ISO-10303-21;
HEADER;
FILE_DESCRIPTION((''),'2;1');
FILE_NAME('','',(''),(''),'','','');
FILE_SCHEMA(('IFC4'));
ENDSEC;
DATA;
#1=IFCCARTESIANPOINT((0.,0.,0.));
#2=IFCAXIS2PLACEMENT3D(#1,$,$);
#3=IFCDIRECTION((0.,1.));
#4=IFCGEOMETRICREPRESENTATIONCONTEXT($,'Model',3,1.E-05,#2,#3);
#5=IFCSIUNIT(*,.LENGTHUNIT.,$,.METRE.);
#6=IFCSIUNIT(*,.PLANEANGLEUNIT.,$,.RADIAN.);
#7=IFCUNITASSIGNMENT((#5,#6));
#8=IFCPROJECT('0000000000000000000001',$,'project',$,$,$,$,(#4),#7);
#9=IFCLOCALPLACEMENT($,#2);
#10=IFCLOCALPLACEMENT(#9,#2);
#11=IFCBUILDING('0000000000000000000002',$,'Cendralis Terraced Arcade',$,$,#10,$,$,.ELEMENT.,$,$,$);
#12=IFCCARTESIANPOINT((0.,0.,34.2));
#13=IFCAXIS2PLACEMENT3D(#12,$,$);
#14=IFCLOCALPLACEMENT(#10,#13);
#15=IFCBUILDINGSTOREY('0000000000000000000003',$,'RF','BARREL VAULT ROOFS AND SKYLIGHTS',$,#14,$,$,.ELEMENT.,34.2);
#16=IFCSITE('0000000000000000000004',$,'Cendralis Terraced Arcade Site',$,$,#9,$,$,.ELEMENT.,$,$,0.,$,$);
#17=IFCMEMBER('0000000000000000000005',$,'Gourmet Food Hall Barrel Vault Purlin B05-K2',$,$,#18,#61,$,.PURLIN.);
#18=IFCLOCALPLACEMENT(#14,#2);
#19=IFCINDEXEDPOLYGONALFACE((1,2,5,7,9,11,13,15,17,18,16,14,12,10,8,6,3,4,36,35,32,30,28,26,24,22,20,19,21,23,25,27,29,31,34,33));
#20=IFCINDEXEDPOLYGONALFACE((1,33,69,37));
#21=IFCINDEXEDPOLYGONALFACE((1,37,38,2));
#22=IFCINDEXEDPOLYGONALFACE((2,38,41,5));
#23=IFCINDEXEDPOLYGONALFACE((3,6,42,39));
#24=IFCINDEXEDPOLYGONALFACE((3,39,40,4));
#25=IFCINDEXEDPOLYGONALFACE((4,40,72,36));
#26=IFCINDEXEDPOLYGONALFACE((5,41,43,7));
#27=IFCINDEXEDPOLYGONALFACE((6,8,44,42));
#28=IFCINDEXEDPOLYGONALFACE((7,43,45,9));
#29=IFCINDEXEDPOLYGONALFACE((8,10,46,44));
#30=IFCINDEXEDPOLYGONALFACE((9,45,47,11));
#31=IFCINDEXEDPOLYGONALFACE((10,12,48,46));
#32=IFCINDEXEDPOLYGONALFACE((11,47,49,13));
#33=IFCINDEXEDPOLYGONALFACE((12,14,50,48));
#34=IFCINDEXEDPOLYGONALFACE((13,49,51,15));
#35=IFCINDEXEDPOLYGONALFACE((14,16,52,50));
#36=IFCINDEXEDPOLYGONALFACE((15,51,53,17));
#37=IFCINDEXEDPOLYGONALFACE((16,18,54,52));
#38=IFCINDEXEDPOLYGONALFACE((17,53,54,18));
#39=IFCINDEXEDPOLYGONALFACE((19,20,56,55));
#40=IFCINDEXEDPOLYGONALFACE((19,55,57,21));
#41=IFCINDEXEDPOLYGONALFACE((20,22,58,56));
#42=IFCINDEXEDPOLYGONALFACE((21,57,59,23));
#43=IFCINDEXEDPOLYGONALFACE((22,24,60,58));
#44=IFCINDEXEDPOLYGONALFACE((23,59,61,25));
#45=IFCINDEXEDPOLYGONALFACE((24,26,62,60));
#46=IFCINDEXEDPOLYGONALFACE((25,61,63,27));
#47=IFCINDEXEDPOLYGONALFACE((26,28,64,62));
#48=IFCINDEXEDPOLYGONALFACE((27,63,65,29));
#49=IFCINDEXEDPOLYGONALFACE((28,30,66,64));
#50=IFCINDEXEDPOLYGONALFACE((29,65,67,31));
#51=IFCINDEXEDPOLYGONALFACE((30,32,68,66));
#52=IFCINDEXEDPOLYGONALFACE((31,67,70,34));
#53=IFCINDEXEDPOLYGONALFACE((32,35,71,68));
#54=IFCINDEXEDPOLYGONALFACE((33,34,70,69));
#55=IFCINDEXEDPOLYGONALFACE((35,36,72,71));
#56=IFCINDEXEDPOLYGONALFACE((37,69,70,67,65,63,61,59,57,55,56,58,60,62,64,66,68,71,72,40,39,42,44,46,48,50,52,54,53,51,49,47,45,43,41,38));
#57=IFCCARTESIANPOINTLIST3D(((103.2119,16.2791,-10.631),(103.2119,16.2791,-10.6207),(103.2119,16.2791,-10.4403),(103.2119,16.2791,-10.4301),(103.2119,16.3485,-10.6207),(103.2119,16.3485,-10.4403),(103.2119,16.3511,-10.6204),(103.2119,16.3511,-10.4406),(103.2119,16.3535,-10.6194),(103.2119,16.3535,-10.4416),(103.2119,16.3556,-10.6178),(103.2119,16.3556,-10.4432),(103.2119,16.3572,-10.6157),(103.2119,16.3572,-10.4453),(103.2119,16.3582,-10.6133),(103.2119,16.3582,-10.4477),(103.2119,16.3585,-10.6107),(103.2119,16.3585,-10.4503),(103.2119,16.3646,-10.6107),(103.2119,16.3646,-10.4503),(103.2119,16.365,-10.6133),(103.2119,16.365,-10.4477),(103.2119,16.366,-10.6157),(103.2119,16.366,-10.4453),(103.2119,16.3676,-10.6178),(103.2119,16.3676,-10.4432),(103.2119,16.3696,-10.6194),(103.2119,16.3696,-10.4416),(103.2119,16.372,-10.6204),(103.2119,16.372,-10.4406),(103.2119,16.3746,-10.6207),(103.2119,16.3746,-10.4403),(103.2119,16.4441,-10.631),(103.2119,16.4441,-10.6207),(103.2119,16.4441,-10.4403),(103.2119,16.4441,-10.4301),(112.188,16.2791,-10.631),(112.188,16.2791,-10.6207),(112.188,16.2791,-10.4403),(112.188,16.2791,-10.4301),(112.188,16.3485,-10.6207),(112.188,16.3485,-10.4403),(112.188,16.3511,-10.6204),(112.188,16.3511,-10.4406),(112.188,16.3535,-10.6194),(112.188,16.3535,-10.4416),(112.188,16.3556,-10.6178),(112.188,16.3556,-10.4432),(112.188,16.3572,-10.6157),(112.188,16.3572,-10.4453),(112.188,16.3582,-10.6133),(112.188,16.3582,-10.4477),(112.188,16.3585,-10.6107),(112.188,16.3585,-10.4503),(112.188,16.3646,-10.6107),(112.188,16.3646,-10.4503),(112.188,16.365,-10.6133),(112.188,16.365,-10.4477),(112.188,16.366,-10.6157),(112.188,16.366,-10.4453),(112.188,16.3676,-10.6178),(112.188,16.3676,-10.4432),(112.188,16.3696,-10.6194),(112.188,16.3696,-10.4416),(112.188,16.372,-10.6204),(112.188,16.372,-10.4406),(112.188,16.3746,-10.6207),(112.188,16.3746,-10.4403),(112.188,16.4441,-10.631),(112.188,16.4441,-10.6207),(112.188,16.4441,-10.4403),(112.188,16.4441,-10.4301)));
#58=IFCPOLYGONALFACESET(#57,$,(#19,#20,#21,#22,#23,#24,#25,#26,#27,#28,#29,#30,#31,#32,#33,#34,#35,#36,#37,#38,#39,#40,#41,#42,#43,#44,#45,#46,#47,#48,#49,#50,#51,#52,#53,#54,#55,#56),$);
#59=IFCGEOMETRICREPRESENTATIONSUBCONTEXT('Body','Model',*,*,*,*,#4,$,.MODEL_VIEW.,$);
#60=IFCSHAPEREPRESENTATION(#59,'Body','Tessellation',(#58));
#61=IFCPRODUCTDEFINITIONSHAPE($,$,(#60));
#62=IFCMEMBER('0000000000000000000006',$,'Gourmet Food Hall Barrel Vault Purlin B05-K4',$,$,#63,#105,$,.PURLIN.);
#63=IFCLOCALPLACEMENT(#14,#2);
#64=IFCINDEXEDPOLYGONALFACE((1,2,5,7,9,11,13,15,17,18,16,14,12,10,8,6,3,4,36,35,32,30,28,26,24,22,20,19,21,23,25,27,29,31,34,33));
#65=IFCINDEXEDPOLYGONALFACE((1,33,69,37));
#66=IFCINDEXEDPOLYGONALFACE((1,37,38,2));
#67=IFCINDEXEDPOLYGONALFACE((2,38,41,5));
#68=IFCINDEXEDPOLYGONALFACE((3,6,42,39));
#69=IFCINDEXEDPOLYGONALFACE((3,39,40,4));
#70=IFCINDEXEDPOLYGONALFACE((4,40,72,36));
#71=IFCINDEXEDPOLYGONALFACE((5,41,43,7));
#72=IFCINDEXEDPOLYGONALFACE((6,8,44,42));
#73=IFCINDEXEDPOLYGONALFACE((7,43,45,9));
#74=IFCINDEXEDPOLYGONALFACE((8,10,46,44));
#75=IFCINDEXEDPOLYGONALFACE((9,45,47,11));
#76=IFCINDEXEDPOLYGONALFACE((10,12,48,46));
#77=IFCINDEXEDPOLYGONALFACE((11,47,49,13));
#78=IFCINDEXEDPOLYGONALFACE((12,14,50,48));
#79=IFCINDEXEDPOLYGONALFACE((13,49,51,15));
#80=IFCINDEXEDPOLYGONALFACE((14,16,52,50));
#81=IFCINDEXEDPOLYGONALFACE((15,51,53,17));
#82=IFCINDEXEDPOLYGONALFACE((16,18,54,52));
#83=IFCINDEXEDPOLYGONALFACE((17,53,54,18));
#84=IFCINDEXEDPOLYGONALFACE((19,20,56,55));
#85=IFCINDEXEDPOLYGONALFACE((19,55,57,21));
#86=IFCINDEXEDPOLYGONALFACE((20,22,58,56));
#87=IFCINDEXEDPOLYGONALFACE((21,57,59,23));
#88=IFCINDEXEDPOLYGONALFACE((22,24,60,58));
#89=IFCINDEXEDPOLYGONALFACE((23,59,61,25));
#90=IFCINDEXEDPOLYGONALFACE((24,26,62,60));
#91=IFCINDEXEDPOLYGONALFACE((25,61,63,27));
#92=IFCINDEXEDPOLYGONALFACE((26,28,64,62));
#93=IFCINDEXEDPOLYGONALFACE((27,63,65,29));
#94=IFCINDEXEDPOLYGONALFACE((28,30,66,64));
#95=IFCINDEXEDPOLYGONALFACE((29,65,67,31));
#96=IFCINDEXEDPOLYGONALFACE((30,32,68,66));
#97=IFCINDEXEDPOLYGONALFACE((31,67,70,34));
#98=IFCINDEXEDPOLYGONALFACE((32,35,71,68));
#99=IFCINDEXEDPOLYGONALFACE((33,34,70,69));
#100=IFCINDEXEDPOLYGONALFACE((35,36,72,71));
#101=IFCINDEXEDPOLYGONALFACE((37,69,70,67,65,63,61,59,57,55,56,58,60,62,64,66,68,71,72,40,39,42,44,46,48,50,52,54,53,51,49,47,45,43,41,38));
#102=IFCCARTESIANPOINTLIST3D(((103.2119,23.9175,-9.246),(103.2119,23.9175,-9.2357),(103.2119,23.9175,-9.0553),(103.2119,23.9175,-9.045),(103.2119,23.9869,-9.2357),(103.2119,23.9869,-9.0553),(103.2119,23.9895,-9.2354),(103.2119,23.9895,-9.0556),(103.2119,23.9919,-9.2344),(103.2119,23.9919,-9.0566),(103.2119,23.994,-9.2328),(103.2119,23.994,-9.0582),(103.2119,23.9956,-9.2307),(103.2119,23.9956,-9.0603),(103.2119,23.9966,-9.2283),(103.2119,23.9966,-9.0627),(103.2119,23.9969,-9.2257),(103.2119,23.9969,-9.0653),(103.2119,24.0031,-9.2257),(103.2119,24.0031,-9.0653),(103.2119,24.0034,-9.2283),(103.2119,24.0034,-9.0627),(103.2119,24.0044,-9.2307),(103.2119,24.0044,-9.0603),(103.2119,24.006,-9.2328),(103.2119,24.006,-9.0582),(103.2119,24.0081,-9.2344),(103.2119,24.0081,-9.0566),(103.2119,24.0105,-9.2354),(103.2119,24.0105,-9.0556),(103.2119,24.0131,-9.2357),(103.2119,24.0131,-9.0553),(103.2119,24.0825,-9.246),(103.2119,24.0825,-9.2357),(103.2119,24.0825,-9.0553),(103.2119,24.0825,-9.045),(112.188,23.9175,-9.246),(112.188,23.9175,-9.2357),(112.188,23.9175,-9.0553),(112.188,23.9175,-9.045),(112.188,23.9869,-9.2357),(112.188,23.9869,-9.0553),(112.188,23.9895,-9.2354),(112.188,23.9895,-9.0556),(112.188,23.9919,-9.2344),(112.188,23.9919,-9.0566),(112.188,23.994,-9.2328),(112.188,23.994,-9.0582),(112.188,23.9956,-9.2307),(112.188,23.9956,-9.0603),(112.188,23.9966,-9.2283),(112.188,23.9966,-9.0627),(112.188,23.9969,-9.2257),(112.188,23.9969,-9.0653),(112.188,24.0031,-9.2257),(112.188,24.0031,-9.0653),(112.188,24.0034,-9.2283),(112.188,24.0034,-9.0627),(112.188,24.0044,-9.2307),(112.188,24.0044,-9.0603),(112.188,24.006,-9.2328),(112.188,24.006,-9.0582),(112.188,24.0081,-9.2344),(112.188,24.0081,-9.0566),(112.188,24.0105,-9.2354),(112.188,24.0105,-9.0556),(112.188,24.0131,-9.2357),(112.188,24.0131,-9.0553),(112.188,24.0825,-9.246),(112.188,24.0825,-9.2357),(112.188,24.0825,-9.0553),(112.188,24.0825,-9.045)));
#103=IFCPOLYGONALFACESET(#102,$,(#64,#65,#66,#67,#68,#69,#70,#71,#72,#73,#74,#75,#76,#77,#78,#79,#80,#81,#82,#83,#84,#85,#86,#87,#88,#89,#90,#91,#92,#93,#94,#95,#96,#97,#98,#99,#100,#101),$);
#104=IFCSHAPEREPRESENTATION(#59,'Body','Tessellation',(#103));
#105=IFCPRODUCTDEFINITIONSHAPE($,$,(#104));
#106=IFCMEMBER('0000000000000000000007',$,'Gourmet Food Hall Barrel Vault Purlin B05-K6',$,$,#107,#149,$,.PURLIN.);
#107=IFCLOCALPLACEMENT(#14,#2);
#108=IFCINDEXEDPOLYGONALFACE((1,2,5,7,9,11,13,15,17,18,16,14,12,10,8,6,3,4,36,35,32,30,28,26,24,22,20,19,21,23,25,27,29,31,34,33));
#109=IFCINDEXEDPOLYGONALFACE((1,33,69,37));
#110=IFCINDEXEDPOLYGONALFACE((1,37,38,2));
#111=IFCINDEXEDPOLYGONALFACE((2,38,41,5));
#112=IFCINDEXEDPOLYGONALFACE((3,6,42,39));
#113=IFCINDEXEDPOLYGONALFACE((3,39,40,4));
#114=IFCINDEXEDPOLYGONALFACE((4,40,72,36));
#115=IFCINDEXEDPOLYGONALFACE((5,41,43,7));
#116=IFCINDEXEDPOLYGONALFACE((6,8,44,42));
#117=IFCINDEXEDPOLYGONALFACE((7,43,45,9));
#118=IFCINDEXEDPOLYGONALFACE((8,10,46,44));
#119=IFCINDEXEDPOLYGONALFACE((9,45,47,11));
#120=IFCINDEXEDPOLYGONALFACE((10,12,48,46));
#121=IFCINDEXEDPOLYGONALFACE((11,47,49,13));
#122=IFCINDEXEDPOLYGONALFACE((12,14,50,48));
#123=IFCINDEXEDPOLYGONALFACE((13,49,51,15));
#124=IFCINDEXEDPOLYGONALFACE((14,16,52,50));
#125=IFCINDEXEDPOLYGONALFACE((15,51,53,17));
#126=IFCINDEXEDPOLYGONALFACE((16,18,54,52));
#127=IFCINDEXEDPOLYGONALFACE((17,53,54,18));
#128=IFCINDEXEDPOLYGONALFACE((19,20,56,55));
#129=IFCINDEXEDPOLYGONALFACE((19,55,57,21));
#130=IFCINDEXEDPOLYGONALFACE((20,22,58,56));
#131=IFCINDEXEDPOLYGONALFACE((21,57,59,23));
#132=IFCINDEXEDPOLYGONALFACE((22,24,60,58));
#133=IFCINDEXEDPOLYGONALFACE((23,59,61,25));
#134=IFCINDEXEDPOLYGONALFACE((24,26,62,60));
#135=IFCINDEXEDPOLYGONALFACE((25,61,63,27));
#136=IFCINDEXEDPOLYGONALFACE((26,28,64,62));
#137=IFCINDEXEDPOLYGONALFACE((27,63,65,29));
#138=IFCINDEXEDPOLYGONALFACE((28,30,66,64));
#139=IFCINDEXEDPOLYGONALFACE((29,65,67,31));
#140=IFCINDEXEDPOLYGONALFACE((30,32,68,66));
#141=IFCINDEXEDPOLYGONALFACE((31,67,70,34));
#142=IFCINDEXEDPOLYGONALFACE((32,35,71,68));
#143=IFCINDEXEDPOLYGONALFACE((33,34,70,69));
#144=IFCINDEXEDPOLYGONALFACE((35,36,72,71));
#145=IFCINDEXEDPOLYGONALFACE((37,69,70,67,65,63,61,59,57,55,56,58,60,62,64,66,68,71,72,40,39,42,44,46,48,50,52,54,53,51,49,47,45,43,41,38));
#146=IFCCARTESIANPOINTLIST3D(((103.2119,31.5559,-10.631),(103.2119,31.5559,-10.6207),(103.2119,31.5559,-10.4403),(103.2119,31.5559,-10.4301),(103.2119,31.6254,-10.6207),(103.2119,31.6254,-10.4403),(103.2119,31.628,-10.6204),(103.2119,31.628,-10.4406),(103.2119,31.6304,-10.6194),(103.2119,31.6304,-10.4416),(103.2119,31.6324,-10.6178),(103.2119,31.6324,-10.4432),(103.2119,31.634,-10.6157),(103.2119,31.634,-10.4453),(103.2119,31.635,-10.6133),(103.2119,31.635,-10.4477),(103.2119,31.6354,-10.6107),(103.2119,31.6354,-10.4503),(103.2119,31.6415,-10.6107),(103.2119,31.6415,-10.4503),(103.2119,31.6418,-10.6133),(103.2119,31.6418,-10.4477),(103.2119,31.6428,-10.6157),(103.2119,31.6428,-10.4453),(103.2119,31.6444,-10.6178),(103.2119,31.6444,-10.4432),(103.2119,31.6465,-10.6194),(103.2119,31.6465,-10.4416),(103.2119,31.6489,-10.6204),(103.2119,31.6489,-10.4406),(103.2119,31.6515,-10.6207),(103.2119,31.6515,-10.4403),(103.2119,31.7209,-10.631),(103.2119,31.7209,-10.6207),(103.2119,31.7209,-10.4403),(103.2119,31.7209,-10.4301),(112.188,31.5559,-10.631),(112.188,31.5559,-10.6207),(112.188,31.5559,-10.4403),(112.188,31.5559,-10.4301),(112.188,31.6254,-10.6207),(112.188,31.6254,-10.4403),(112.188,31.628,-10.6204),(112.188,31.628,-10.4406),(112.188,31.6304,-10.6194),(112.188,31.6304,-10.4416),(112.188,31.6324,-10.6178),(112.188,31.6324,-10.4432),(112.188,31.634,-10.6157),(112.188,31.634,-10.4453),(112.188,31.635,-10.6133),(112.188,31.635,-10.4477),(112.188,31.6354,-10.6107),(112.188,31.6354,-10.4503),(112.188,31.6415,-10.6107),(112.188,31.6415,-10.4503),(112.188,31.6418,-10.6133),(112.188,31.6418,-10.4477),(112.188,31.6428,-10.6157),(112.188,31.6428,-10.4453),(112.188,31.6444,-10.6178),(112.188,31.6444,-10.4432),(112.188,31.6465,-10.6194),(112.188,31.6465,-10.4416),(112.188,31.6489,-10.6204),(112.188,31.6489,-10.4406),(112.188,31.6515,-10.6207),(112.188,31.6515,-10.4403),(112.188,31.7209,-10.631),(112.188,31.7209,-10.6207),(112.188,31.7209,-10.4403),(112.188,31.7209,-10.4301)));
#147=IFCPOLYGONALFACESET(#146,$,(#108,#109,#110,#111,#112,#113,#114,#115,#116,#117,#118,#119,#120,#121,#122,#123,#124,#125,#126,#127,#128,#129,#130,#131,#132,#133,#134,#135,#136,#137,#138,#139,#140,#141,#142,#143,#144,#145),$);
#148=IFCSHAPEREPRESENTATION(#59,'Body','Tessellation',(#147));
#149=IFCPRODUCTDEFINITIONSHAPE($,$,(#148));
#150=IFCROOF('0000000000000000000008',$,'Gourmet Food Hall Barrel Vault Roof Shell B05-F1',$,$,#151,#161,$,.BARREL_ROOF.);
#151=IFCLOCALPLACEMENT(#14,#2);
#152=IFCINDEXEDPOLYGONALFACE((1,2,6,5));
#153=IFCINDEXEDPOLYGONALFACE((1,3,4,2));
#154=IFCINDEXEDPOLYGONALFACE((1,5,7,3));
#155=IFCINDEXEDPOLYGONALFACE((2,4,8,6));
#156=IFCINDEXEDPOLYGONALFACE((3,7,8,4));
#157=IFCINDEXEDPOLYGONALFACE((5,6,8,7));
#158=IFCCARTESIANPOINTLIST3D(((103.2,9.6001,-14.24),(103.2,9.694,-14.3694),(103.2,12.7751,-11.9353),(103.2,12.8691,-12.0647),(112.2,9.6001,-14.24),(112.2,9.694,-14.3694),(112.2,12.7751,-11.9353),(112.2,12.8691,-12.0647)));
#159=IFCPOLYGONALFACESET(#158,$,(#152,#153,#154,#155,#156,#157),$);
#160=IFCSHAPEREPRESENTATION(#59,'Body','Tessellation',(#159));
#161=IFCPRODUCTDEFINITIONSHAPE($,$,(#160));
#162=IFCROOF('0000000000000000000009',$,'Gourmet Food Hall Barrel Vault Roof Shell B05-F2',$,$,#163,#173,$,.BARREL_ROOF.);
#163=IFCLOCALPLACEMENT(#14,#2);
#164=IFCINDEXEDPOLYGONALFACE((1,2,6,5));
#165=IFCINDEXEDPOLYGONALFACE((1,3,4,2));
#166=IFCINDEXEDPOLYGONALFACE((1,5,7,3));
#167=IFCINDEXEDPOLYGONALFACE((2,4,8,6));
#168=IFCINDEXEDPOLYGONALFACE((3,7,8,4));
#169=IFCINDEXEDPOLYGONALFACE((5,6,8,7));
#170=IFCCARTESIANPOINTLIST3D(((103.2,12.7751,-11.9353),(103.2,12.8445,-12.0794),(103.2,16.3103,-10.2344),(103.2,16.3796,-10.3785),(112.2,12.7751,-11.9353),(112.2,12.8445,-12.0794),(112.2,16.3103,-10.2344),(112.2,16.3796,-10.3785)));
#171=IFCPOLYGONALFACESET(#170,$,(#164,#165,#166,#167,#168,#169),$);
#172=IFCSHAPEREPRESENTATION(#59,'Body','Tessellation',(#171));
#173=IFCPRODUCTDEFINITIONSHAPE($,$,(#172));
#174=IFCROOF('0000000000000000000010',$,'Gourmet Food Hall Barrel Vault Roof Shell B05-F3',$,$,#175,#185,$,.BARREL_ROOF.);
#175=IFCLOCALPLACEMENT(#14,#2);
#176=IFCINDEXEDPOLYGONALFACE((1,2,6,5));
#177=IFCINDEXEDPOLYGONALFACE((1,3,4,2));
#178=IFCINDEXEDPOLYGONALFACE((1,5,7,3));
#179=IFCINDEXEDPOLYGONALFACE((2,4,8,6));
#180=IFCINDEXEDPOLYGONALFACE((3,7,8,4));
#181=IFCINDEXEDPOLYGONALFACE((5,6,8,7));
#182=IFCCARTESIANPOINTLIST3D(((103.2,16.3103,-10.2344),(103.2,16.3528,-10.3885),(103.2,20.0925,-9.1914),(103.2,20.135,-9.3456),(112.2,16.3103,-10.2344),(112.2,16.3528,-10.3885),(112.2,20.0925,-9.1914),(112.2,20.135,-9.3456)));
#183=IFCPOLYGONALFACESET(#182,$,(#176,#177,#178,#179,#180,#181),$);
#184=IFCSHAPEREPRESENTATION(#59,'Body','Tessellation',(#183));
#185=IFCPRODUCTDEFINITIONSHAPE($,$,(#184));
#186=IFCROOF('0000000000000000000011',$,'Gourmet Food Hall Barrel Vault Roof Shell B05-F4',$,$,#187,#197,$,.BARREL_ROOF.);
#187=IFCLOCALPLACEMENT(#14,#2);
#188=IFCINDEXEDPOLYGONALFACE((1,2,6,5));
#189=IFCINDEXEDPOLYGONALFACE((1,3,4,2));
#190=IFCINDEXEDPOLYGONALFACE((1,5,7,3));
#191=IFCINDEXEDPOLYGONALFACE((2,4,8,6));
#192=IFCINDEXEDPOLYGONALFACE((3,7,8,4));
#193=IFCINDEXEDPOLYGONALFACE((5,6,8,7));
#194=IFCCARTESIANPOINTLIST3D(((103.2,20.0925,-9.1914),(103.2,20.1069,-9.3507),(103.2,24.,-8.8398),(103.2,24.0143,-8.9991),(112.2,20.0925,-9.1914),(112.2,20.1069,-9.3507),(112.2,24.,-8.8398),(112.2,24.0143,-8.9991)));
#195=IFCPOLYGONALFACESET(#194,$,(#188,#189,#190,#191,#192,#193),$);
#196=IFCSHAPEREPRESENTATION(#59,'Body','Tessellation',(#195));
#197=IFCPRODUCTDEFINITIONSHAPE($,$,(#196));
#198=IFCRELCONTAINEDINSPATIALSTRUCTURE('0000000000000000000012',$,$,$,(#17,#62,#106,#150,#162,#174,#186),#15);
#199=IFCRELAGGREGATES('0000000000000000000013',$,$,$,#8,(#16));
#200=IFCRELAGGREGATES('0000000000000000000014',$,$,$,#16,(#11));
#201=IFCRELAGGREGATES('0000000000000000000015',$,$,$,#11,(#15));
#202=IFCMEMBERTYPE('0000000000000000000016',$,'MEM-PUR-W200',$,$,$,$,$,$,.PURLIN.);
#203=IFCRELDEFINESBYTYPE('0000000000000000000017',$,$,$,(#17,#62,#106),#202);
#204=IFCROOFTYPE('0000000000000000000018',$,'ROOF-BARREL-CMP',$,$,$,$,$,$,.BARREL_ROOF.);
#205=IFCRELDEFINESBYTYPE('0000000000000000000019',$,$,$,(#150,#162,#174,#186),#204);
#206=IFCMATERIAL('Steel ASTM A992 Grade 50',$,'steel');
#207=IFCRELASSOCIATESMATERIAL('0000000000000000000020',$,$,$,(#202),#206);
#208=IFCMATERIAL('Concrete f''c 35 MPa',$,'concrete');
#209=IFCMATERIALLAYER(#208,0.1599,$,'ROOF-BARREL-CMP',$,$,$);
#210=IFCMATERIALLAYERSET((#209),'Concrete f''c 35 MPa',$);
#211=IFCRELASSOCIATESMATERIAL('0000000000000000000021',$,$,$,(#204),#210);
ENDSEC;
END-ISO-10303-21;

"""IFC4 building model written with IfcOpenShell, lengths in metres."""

from ifc_helpers import new_model, si_unit, direction, frame, origin, origin_2d, place, context, subcontext, project, spatial, polyline, i_section, outline, extrude, material, layer, layer_set, material_profile, profile_set, type_object, element, save


model = new_model("IFC4")

# Units and contexts
model_context = context("Model", 3, precision=1e-05, world=origin(), true_north=direction((0.0, 1.0)))
body_context = subcontext(model_context, "Body", "Model", "MODEL_VIEW")
ifc_project = project(units=[si_unit("LENGTHUNIT", "METRE"), si_unit("PLANEANGLEUNIT", "RADIAN")], contexts=[model_context])

# Site, building, storey
site_placement = place(None, origin())
site = spatial("IfcSite", under=ifc_project, at=site_placement, Name="Cendralis Terraced Arcade Site", CompositionType="ELEMENT", RefElevation=0.0)
building_placement = place(site_placement, origin())
building = spatial("IfcBuilding", under=site, at=building_placement, Name="Cendralis Terraced Arcade", CompositionType="ELEMENT")
storey_placement = place(building_placement, frame((0.0, 0.0, 34.2)))
storey = spatial("IfcBuildingStorey", under=building, at=storey_placement, Name="RF", Description="BARREL VAULT ROOFS AND SKYLIGHTS", CompositionType="ELEMENT", Elevation=34.2)

# Members
ifc_material_1 = material(Name="Steel ASTM A992 Grade 50", Category="steel")
ifc_material_profile_1 = material_profile(ifc_material_1, i_section(OverallWidth=0.165, OverallDepth=0.2009, WebThickness=0.0061, FlangeThickness=0.0103, FilletRadius=0.01, at=origin_2d()), Name="W200X35.9", Category="LoadBearing")
ifc_profile_set_1 = profile_set([ifc_material_profile_1], Name="Steel ASTM A992 Grade 50")
member_type_1 = type_object("IfcMemberType", Name="MEM-PUR-W200", PredefinedType="PURLIN", material=ifc_profile_set_1)
for number, where, z_axis, x_axis, name in (
    (1, (103.2119, 16.3616, -10.5305), (1.0, 0.0, 0.0), (0.0, 1.0, 0.0), "Gourmet Food Hall Barrel Vault Purlin B05-K2"),
    (2, (103.2119, 24.0, -9.1455), (1.0, 0.0, 0.0), (0.0, 1.0, 0.0), "Gourmet Food Hall Barrel Vault Purlin B05-K4"),
    (3, (103.2119, 31.6384, -10.5305), (1.0, 0.0, 0.0), (0.0, 1.0, 0.0), "Gourmet Food Hall Barrel Vault Purlin B05-K6"),
):
    element("IfcMember", number, at=place(storey_placement, frame(where, z_axis=z_axis, x_axis=x_axis)), inside=storey, type_object=member_type_1, Name=name, PredefinedType="PURLIN", context=body_context, shape_type="SweptSolid", body=[
        extrude(i_section(OverallWidth=0.165, OverallDepth=0.2009, WebThickness=0.0061, FlangeThickness=0.0103, FilletRadius=0.01, at=origin_2d()), origin(), (0.0, 0.0, 1.0), 8.9761),
    ])

# Roofs
ifc_material_2 = material(Name="Concrete f'c 35 MPa", Category="concrete")
ifc_layer = layer(ifc_material_2, 0.1599, Name="ROOF-BARREL-CMP")
ifc_layer_set = layer_set([ifc_layer], Name="Concrete f'c 35 MPa")
roof_type = type_object("IfcRoofType", Name="ROOF-BARREL-CMP", PredefinedType="BARREL_ROOF", material=ifc_layer_set)
roof_1_placement = place(storey_placement, frame((103.2, 9.6001, -14.24), z_axis=(0.0, -0.587431, 0.809274), x_axis=(1.0, 0.0, 0.0)))
element("IfcRoof", 4, at=roof_1_placement, inside=storey, type_object=roof_type, Name="Gourmet Food Hall Barrel Vault Roof Shell B05-F1", PredefinedType="BARREL_ROOF", context=body_context, shape_type="SweptSolid", body=[
    extrude(outline(polyline([(0.0, 0.0), (9.0, 0.0), (9.0, 3.9233), (0.0, 3.9233), (0.0, 0.0)])), origin(), (0.0, 0.0, -1.0), 0.1599),
])
roof_2_placement = place(storey_placement, frame((103.2, 12.7751, -11.9353), z_axis=(0.0, -0.43357, 0.90112), x_axis=(1.0, 0.0, 0.0)))
element("IfcRoof", 5, at=roof_2_placement, inside=storey, type_object=roof_type, Name="Gourmet Food Hall Barrel Vault Roof Shell B05-F2", PredefinedType="BARREL_ROOF", context=body_context, shape_type="SweptSolid", body=[
    extrude(outline(polyline([(0.0, 0.0), (9.0, 0.0), (9.0, 3.9231), (0.0, 3.9231), (0.0, 0.0)])), origin(), (0.0, 0.0, -1.0), 0.1599),
])
roof_3_placement = place(storey_placement, frame((103.2, 16.3103, -10.2344), z_axis=(0.0, -0.265833, 0.964019), x_axis=(1.0, 0.0, 0.0)))
element("IfcRoof", 6, at=roof_3_placement, inside=storey, type_object=roof_type, Name="Gourmet Food Hall Barrel Vault Roof Shell B05-F3", PredefinedType="BARREL_ROOF", context=body_context, shape_type="SweptSolid", body=[
    extrude(outline(polyline([(0.0, 0.0), (9.0, 0.0), (9.0, 3.9234), (0.0, 3.9234), (0.0, 0.0)])), origin(), (0.0, 0.0, -1.0), 0.1599),
])
for number, where, z_axis, x_axis, name in (
    (7, (103.2, 20.0925, -9.1914), (0.0, -0.08961, 0.995977), (1.0, 0.0, 0.0), "Gourmet Food Hall Barrel Vault Roof Shell B05-F4"),
):
    element("IfcRoof", number, at=place(storey_placement, frame(where, z_axis=z_axis, x_axis=x_axis)), inside=storey, type_object=roof_type, Name=name, PredefinedType="BARREL_ROOF", context=body_context, shape_type="SweptSolid", body=[
        extrude(outline(polyline([(0.0, 0.0), (9.0, 0.0), (9.0, 3.9233), (0.0, 3.9233), (0.0, 0.0)])), origin(), (0.0, 0.0, -1.0), 0.1599),
    ])

save(model, "model.ifc")
